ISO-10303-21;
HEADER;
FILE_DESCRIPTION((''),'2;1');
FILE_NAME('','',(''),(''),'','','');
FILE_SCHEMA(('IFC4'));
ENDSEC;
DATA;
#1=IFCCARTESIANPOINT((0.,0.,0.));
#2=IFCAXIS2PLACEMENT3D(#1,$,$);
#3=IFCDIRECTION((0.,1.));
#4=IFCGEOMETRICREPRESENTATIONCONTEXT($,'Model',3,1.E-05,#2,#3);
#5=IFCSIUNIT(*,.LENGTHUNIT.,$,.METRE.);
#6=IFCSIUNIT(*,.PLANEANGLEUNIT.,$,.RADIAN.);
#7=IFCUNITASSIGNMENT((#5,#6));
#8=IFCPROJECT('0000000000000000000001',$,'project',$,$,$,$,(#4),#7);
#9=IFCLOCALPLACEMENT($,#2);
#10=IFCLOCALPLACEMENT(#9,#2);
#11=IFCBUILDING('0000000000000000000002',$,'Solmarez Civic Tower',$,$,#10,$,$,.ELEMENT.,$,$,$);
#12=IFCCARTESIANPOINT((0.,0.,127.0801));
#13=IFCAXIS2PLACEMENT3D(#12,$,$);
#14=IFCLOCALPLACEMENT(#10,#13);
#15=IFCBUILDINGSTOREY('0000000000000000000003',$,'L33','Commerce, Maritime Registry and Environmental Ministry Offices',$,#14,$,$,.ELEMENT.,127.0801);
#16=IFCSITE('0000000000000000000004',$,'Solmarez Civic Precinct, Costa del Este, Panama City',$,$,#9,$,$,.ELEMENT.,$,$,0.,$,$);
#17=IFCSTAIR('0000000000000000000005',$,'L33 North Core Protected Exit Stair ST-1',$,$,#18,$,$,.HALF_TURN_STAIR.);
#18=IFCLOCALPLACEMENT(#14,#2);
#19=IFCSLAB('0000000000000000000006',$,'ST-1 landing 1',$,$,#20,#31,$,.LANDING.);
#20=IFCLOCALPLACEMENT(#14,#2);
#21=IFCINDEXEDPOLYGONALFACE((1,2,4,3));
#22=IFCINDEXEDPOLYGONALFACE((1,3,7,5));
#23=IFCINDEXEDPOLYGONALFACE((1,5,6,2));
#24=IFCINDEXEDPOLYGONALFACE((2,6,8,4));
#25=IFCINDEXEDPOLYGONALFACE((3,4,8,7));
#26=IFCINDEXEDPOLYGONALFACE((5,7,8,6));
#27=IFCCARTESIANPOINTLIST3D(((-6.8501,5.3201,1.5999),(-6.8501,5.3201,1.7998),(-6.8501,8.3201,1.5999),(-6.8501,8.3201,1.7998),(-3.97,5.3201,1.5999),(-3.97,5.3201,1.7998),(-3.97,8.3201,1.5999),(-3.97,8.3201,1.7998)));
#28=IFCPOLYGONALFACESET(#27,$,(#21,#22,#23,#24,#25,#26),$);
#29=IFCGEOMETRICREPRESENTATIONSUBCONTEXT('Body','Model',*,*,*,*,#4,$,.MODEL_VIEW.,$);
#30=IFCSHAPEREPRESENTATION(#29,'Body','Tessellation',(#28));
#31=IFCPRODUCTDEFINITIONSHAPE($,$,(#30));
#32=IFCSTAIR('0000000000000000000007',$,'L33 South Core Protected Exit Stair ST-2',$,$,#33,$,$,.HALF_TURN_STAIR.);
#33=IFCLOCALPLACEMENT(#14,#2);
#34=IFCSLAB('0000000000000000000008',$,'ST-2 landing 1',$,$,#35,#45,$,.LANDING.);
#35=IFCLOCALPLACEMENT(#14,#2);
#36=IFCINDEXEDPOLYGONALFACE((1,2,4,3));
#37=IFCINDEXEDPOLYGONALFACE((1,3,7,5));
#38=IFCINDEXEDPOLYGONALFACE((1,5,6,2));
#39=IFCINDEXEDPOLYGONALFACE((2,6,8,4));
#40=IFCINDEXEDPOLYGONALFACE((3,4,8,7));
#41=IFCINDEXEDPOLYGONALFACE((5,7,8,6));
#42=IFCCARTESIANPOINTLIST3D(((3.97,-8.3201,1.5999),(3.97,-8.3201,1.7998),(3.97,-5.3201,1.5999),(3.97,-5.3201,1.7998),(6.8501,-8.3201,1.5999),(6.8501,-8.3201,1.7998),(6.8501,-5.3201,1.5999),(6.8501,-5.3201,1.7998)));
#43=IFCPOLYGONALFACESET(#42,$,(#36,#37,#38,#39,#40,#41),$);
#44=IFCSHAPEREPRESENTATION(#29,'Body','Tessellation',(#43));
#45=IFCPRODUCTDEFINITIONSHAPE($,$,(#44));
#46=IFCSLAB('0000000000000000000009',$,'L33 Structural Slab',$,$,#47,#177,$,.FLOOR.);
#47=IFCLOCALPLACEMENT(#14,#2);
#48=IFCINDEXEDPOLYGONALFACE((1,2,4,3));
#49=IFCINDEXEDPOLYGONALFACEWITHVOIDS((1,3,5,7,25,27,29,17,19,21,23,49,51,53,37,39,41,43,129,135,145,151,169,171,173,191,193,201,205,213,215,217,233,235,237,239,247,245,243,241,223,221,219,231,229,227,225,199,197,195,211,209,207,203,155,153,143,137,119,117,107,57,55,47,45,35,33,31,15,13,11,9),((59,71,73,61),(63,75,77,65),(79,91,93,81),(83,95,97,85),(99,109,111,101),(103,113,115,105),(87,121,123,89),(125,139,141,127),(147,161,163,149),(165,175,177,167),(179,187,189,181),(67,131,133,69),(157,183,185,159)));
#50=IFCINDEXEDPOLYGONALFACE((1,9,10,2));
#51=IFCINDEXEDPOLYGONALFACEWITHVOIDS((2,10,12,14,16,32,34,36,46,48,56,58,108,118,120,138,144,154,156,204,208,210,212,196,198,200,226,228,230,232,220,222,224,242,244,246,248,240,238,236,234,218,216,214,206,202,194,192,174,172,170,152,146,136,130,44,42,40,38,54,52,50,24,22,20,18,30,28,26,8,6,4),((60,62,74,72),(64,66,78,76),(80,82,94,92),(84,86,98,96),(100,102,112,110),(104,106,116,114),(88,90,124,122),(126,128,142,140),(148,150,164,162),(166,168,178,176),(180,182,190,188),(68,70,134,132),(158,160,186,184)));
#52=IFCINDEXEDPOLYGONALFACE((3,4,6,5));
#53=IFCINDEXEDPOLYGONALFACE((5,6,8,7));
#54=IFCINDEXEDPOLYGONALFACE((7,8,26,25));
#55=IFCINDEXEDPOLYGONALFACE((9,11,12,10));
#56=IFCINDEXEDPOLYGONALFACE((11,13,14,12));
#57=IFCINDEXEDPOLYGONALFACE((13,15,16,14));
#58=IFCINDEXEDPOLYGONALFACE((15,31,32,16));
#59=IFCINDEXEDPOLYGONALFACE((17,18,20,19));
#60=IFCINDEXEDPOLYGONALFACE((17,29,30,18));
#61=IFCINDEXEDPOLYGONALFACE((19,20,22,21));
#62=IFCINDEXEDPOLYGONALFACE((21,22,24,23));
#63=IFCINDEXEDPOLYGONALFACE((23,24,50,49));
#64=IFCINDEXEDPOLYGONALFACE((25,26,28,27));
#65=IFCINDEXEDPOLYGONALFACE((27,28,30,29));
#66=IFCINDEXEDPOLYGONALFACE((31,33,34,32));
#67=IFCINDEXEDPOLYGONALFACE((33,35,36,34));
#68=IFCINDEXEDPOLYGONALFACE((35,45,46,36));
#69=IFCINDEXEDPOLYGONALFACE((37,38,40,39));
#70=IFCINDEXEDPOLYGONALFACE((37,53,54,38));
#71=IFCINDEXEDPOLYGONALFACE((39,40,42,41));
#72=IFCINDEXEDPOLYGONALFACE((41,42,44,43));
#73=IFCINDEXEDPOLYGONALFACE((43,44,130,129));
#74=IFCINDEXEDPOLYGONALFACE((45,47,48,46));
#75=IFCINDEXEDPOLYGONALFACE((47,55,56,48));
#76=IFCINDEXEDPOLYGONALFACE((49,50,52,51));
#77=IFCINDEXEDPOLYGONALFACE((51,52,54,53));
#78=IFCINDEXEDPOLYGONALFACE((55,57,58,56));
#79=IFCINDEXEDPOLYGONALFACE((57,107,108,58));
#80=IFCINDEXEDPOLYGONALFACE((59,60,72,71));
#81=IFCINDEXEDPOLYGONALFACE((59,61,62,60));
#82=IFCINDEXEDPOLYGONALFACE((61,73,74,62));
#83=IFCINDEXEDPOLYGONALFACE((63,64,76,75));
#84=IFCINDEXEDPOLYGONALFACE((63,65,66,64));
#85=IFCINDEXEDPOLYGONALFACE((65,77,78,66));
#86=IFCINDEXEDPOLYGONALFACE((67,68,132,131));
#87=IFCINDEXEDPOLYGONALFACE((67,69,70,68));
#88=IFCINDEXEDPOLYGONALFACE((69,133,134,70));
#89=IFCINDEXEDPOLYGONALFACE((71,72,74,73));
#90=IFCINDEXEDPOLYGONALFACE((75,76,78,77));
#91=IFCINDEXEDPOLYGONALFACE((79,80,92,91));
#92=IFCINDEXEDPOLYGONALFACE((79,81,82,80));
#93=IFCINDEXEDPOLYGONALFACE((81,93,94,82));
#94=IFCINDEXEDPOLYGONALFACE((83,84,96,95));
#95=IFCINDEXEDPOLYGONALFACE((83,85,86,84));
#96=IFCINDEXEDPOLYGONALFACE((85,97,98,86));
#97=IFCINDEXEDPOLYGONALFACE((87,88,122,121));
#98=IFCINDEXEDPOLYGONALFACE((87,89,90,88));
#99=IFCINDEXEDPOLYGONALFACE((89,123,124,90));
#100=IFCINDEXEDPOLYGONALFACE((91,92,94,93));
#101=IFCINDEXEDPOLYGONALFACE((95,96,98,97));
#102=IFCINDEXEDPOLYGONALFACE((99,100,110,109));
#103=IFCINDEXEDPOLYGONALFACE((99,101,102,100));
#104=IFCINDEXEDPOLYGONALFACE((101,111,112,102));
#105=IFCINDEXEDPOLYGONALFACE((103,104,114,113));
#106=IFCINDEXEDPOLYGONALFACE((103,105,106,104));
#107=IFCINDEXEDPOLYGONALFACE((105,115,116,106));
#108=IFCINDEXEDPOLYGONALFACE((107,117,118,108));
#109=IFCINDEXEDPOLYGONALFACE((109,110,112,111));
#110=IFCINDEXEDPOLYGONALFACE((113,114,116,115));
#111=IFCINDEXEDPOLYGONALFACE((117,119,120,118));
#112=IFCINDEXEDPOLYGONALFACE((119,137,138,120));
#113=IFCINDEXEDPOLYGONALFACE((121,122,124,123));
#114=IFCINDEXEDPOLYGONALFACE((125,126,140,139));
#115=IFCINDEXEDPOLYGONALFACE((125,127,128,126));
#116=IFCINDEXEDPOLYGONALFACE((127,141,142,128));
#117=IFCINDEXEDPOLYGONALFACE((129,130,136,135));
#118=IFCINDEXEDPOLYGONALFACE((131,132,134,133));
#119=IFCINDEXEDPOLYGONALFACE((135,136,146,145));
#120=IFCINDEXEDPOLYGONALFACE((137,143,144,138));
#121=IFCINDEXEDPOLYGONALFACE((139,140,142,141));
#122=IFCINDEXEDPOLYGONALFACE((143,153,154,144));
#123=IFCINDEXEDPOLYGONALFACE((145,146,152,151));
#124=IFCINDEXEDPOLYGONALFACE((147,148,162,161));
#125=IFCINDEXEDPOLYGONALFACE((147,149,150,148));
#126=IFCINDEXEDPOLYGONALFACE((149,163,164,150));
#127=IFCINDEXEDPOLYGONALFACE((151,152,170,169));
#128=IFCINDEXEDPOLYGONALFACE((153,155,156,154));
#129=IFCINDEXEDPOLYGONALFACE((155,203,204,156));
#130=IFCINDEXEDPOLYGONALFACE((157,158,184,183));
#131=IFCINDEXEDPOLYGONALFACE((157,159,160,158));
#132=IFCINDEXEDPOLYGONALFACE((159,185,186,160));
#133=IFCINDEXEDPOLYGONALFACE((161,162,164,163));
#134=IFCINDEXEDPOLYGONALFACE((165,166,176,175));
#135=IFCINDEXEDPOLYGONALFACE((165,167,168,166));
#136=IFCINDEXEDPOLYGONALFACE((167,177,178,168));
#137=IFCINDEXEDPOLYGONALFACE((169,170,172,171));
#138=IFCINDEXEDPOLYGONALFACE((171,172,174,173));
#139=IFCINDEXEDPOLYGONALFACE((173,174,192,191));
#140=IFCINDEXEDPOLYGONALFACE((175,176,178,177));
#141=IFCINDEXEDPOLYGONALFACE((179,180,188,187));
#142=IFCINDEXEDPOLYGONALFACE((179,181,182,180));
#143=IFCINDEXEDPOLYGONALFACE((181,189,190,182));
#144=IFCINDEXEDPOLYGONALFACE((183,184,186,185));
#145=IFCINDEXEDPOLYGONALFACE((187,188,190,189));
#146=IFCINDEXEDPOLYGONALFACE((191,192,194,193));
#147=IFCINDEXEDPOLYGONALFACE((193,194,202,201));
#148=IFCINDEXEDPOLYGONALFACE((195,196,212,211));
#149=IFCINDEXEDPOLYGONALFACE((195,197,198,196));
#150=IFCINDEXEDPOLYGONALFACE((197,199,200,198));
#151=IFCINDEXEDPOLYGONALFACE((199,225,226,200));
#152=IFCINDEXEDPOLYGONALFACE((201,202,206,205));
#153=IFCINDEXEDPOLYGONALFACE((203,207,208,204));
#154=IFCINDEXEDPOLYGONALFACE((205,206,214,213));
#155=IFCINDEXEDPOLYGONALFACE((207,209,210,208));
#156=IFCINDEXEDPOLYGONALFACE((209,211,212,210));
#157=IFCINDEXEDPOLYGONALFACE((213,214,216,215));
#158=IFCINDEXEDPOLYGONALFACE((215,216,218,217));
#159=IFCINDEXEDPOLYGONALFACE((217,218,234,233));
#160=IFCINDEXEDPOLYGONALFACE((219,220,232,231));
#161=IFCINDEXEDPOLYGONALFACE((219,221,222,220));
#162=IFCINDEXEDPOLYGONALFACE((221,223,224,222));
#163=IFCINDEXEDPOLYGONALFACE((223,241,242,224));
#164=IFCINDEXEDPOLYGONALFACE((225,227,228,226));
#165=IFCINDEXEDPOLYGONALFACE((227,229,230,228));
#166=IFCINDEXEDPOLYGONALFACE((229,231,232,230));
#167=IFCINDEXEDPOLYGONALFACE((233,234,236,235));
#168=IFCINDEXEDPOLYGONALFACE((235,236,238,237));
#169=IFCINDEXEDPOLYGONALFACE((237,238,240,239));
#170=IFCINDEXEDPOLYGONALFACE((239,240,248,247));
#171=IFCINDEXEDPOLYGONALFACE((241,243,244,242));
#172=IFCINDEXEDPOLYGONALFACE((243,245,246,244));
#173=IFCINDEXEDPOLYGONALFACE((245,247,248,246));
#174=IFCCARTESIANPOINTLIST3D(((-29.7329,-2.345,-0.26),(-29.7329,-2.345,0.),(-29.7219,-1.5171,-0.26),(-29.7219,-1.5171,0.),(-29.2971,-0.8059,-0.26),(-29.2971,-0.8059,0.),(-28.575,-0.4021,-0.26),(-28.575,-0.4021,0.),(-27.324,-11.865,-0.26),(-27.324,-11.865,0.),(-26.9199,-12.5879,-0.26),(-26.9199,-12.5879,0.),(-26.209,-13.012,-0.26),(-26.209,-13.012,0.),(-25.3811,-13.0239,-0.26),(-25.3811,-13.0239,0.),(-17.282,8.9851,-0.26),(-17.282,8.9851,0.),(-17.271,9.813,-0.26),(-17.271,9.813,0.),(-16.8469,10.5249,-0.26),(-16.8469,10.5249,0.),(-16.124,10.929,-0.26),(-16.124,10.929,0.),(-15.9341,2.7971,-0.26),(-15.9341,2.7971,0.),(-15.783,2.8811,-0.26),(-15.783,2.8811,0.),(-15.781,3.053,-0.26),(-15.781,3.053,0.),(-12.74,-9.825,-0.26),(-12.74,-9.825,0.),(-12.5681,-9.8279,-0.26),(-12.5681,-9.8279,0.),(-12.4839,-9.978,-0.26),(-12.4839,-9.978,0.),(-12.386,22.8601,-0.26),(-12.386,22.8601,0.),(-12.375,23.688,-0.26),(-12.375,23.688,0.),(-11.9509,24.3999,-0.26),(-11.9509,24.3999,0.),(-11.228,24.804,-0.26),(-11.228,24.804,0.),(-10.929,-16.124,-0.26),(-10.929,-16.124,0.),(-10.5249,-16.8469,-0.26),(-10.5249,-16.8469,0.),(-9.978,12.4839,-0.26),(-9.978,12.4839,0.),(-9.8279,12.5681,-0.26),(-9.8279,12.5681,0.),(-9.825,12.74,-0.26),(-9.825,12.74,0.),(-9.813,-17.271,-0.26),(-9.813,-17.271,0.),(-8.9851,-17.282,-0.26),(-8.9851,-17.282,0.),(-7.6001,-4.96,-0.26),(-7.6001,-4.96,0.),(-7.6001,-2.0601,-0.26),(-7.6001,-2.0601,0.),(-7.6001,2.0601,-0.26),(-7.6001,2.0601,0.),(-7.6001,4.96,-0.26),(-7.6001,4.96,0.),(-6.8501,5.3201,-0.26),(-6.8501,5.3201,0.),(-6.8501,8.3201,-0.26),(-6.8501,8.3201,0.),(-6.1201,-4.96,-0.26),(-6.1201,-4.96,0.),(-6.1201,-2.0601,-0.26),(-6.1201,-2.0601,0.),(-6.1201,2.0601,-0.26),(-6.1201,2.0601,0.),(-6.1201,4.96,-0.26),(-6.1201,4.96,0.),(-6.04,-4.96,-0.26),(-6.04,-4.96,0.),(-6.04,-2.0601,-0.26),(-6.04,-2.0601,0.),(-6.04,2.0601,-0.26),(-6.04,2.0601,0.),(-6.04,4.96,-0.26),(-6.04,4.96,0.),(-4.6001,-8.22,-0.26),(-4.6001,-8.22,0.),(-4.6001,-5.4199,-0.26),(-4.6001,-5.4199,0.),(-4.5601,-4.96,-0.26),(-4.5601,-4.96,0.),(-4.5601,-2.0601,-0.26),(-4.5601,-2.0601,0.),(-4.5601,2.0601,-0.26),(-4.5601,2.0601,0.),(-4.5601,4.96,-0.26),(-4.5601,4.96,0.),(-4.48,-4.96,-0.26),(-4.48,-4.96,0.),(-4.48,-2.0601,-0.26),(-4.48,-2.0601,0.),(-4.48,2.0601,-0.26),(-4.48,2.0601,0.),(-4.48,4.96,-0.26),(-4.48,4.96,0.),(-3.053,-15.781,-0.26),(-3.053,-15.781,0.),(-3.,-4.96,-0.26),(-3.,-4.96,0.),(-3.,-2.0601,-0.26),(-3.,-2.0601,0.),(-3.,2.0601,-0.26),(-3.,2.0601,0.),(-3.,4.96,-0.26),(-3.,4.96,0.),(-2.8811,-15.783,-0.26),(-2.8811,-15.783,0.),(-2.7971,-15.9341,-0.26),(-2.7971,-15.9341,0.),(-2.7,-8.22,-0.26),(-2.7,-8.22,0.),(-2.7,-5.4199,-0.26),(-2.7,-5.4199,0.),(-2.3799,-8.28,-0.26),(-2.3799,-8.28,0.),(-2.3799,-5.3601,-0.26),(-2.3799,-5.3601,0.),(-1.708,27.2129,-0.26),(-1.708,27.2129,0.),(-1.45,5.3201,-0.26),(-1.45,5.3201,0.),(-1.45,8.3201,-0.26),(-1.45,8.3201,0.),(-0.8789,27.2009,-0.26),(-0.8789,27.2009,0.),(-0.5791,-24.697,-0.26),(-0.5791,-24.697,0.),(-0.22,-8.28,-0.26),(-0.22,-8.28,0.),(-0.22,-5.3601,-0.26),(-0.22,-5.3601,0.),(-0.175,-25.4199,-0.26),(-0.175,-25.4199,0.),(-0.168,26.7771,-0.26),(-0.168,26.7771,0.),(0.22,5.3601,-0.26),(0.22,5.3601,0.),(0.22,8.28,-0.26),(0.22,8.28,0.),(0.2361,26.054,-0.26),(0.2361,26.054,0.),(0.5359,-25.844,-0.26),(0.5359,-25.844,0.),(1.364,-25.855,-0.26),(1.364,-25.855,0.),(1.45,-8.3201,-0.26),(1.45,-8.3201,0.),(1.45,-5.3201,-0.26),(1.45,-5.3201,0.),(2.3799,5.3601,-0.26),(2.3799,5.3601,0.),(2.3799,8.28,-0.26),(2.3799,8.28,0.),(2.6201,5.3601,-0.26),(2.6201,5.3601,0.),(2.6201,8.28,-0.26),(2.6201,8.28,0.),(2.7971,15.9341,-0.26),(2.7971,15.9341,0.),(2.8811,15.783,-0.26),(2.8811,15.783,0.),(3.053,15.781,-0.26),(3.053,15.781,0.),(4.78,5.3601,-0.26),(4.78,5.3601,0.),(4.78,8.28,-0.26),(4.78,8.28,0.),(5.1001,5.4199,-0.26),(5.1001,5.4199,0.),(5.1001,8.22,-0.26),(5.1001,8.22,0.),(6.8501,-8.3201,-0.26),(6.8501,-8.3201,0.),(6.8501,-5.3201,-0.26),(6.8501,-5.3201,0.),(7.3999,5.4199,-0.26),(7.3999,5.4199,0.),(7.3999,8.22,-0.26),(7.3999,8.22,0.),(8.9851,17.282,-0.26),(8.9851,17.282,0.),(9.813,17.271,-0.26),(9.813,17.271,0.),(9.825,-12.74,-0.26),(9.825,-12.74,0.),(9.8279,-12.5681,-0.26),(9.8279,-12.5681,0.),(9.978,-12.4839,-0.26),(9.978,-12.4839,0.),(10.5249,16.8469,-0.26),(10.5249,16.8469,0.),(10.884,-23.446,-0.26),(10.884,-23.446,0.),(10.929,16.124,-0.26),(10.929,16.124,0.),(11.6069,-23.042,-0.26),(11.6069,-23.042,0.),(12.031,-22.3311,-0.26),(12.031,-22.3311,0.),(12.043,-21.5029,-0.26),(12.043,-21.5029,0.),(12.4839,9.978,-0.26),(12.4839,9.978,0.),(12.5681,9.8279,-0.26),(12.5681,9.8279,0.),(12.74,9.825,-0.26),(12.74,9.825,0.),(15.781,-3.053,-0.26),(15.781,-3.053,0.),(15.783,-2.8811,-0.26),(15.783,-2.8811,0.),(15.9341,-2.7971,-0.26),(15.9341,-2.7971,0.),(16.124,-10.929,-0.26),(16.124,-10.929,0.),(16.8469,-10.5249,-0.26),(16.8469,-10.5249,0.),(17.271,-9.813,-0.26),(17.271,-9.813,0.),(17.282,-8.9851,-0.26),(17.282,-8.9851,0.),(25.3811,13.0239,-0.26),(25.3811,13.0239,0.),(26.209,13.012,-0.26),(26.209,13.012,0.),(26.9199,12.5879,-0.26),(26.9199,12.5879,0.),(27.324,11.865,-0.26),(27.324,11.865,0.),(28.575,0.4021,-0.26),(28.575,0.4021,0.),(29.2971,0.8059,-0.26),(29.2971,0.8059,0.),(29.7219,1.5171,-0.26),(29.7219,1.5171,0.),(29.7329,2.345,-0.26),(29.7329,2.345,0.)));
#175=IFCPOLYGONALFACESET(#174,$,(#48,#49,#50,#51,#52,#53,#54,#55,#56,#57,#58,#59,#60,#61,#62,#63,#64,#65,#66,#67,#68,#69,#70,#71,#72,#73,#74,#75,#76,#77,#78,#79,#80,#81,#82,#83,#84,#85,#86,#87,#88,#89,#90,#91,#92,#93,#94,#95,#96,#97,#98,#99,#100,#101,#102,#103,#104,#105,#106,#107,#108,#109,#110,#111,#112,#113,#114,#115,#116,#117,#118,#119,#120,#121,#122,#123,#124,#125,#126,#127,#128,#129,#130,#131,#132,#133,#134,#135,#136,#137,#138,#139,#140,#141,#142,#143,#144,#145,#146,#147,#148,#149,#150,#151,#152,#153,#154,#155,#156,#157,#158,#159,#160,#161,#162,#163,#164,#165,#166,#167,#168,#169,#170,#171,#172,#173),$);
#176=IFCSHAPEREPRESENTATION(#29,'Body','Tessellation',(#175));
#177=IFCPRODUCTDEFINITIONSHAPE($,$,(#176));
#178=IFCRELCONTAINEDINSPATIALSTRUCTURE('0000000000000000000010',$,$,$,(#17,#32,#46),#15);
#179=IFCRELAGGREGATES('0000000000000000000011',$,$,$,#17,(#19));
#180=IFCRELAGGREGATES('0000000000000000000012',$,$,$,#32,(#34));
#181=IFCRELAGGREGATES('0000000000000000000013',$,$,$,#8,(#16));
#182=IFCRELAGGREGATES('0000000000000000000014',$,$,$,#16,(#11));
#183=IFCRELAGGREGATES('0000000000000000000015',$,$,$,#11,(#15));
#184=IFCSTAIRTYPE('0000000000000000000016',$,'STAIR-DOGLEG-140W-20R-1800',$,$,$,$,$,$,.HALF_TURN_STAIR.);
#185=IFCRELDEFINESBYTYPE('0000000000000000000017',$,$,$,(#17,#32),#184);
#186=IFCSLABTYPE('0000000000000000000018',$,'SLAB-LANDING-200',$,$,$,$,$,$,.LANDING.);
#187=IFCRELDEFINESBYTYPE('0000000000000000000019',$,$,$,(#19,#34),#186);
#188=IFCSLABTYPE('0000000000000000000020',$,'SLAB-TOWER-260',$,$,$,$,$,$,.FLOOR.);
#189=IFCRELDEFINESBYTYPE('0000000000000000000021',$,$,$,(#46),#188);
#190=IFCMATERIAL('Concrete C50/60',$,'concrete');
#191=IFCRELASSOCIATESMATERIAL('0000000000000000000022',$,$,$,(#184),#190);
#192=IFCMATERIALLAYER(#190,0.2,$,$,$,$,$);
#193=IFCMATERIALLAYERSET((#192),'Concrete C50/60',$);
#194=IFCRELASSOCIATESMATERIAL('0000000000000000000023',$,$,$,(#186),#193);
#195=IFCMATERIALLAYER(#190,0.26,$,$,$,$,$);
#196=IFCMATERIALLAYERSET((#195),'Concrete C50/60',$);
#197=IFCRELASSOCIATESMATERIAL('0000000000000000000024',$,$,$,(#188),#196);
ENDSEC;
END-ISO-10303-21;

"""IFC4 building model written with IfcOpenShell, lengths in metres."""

from ifc_helpers import new_model, si_unit, direction, frame, origin, place, context, subcontext, project, spatial, polyline, outline, extrude, material, layer, layer_set, type_object, element, aggregate, save


model = new_model("IFC4")

# Units and contexts
model_context = context("Model", 3, precision=1e-05, world=origin(), true_north=direction((0.0, 1.0)))
body_context = subcontext(model_context, "Body", "Model", "MODEL_VIEW")
ifc_project = project(units=[si_unit("LENGTHUNIT", "METRE"), si_unit("PLANEANGLEUNIT", "RADIAN")], contexts=[model_context])

# Site, building, storey
site_placement = place(None, origin())
site = spatial("IfcSite", under=ifc_project, at=site_placement, Name="Solmarez Civic Precinct, Costa del Este, Panama City", CompositionType="ELEMENT", RefElevation=0.0)
building_placement = place(site_placement, origin())
building = spatial("IfcBuilding", under=site, at=building_placement, Name="Solmarez Civic Tower", CompositionType="ELEMENT")
storey_placement = place(building_placement, frame((0.0, 0.0, 127.0801)))
storey = spatial("IfcBuildingStorey", under=building, at=storey_placement, Name="L33", Description="Commerce, Maritime Registry and Environmental Ministry Offices", CompositionType="ELEMENT", Elevation=127.0801)

# Shared definitions
ifc_material_1 = material(Name="Concrete C50/60", Category="concrete")

# Stairs, slabs
stair_type = type_object("IfcStairType", Name="STAIR-DOGLEG-140W-20R-1800", PredefinedType="HALF_TURN_STAIR", material=ifc_material_1)
stair_1_placement = place(storey_placement, origin())
stair_1 = element("IfcStair", 1, at=stair_1_placement, inside=storey, type_object=stair_type, Name="L33 North Core Protected Exit Stair ST-1", PredefinedType="HALF_TURN_STAIR")
ifc_layer_1 = layer(ifc_material_1, 0.2)
ifc_layer_set_1 = layer_set([ifc_layer_1], Name="Concrete C50/60")
slab_type_1 = type_object("IfcSlabType", Name="SLAB-LANDING-200", PredefinedType="LANDING", material=ifc_layer_set_1)
slab_1_placement = place(storey_placement, frame((0.0, 0.0, 1.5999)))
slab_1 = element("IfcSlab", 2, at=slab_1_placement, type_object=slab_type_1, Name="ST-1 landing 1", PredefinedType="LANDING", context=body_context, shape_type="SweptSolid", body=[
    extrude(outline(polyline([(-3.97, 8.3201), (-6.8501, 8.3201), (-6.8501, 5.3201), (-3.97, 5.3201), (-3.97, 8.3201)])), origin(), (0.0, 0.0, 1.0), 0.2),
])
aggregate(stair_1, [slab_1])
stair_2_placement = place(storey_placement, origin())
stair_2 = element("IfcStair", 3, at=stair_2_placement, inside=storey, type_object=stair_type, Name="L33 South Core Protected Exit Stair ST-2", PredefinedType="HALF_TURN_STAIR")
slab_2_placement = place(storey_placement, frame((0.0, 0.0, 1.5999)))
slab_2 = element("IfcSlab", 4, at=slab_2_placement, type_object=slab_type_1, Name="ST-2 landing 1", PredefinedType="LANDING", context=body_context, shape_type="SweptSolid", body=[
    extrude(outline(polyline([(3.97, -8.3201), (6.8501, -8.3201), (6.8501, -5.3201), (3.97, -5.3201), (3.97, -8.3201)])), origin(), (0.0, 0.0, 1.0), 0.2),
])

# Slab
ifc_layer_2 = layer(ifc_material_1, 0.26)
ifc_layer_set_2 = layer_set([ifc_layer_2], Name="Concrete C50/60")
slab_type_2 = type_object("IfcSlabType", Name="SLAB-TOWER-260", PredefinedType="FLOOR", material=ifc_layer_set_2)
slab_3_placement = place(storey_placement, frame((0.0, 0.0, -0.26)))
element("IfcSlab", 5, at=slab_3_placement, inside=storey, type_object=slab_type_2, Name="L33 Structural Slab", PredefinedType="FLOOR", context=body_context, shape_type="SweptSolid", body=[
    extrude(outline(polyline([(-12.4839, -9.978), (-10.929, -16.124), (-10.5249, -16.8469), (-9.813, -17.271), (-8.9851, -17.282), (-3.053, -15.781), (-2.8811, -15.783), (-2.7971, -15.9341), (-0.5791, -24.697), (-0.175, -25.4199), (0.5359, -25.844), (1.364, -25.855), (10.884, -23.446), (11.6069, -23.042), (12.031, -22.3311), (12.043, -21.5029), (9.825, -12.74), (9.8279, -12.5681), (9.978, -12.4839), (16.124, -10.929), (16.8469, -10.5249), (17.271, -9.813), (17.282, -8.9851), (15.781, -3.053), (15.783, -2.8811), (15.9341, -2.7971), (28.575, 0.4021), (29.2971, 0.8059), (29.7219, 1.5171), (29.7329, 2.345), (27.324, 11.865), (26.9199, 12.5879), (26.209, 13.012), (25.3811, 13.0239), (12.74, 9.825), (12.5681, 9.8279), (12.4839, 9.978), (10.929, 16.124), (10.5249, 16.8469), (9.813, 17.271), (8.9851, 17.282), (3.053, 15.781), (2.8811, 15.783), (2.7971, 15.9341), (0.2361, 26.054), (-0.168, 26.7771), (-0.8789, 27.2009), (-1.708, 27.2129), (-11.228, 24.804), (-11.9509, 24.3999), (-12.375, 23.688), (-12.386, 22.8601), (-9.825, 12.74), (-9.8279, 12.5681), (-9.978, 12.4839), (-16.124, 10.929), (-16.8469, 10.5249), (-17.271, 9.813), (-17.282, 8.9851), (-15.781, 3.053), (-15.783, 2.8811), (-15.9341, 2.7971), (-28.575, -0.4021), (-29.2971, -0.8059), (-29.7219, -1.5171), (-29.7329, -2.345), (-27.324, -11.865), (-26.9199, -12.5879), (-26.209, -13.012), (-25.3811, -13.0239), (-12.74, -9.825), (-12.5681, -9.8279), (-12.4839, -9.978)]), holes=[polyline([(-1.45, 8.3201), (-6.8501, 8.3201), (-6.8501, 5.3201), (-1.45, 5.3201), (-1.45, 8.3201)]), polyline([(1.45, -8.3201), (6.8501, -8.3201), (6.8501, -5.3201), (1.45, -5.3201), (1.45, -8.3201)]), polyline([(0.22, 5.3601), (2.3799, 5.3601), (2.3799, 8.28), (0.22, 8.28), (0.22, 5.3601)]), polyline([(2.6201, 5.3601), (4.78, 5.3601), (4.78, 8.28), (2.6201, 8.28), (2.6201, 5.3601)]), polyline([(-2.3799, -8.28), (-0.22, -8.28), (-0.22, -5.3601), (-2.3799, -5.3601), (-2.3799, -8.28)]), polyline([(-7.6001, -4.96), (-6.1201, -4.96), (-6.1201, -2.0601), (-7.6001, -2.0601), (-7.6001, -4.96)]), polyline([(-6.04, -4.96), (-4.5601, -4.96), (-4.5601, -2.0601), (-6.04, -2.0601), (-6.04, -4.96)]), polyline([(-4.48, -4.96), (-3.0, -4.96), (-3.0, -2.0601), (-4.48, -2.0601), (-4.48, -4.96)]), polyline([(-7.6001, 2.0601), (-6.1201, 2.0601), (-6.1201, 4.96), (-7.6001, 4.96), (-7.6001, 2.0601)]), polyline([(-6.04, 2.0601), (-4.5601, 2.0601), (-4.5601, 4.96), (-6.04, 4.96), (-6.04, 2.0601)]), polyline([(-4.48, 2.0601), (-3.0, 2.0601), (-3.0, 4.96), (-4.48, 4.96), (-4.48, 2.0601)]), polyline([(5.1001, 5.4199), (7.3999, 5.4199), (7.3999, 8.22), (5.1001, 8.22), (5.1001, 5.4199)]), polyline([(-4.6001, -8.22), (-2.7, -8.22), (-2.7, -5.4199), (-4.6001, -5.4199), (-4.6001, -8.22)])]), origin(), (0.0, 0.0, 1.0), 0.26),
])

aggregate(stair_2, [slab_2])

save(model, "model.ifc")
